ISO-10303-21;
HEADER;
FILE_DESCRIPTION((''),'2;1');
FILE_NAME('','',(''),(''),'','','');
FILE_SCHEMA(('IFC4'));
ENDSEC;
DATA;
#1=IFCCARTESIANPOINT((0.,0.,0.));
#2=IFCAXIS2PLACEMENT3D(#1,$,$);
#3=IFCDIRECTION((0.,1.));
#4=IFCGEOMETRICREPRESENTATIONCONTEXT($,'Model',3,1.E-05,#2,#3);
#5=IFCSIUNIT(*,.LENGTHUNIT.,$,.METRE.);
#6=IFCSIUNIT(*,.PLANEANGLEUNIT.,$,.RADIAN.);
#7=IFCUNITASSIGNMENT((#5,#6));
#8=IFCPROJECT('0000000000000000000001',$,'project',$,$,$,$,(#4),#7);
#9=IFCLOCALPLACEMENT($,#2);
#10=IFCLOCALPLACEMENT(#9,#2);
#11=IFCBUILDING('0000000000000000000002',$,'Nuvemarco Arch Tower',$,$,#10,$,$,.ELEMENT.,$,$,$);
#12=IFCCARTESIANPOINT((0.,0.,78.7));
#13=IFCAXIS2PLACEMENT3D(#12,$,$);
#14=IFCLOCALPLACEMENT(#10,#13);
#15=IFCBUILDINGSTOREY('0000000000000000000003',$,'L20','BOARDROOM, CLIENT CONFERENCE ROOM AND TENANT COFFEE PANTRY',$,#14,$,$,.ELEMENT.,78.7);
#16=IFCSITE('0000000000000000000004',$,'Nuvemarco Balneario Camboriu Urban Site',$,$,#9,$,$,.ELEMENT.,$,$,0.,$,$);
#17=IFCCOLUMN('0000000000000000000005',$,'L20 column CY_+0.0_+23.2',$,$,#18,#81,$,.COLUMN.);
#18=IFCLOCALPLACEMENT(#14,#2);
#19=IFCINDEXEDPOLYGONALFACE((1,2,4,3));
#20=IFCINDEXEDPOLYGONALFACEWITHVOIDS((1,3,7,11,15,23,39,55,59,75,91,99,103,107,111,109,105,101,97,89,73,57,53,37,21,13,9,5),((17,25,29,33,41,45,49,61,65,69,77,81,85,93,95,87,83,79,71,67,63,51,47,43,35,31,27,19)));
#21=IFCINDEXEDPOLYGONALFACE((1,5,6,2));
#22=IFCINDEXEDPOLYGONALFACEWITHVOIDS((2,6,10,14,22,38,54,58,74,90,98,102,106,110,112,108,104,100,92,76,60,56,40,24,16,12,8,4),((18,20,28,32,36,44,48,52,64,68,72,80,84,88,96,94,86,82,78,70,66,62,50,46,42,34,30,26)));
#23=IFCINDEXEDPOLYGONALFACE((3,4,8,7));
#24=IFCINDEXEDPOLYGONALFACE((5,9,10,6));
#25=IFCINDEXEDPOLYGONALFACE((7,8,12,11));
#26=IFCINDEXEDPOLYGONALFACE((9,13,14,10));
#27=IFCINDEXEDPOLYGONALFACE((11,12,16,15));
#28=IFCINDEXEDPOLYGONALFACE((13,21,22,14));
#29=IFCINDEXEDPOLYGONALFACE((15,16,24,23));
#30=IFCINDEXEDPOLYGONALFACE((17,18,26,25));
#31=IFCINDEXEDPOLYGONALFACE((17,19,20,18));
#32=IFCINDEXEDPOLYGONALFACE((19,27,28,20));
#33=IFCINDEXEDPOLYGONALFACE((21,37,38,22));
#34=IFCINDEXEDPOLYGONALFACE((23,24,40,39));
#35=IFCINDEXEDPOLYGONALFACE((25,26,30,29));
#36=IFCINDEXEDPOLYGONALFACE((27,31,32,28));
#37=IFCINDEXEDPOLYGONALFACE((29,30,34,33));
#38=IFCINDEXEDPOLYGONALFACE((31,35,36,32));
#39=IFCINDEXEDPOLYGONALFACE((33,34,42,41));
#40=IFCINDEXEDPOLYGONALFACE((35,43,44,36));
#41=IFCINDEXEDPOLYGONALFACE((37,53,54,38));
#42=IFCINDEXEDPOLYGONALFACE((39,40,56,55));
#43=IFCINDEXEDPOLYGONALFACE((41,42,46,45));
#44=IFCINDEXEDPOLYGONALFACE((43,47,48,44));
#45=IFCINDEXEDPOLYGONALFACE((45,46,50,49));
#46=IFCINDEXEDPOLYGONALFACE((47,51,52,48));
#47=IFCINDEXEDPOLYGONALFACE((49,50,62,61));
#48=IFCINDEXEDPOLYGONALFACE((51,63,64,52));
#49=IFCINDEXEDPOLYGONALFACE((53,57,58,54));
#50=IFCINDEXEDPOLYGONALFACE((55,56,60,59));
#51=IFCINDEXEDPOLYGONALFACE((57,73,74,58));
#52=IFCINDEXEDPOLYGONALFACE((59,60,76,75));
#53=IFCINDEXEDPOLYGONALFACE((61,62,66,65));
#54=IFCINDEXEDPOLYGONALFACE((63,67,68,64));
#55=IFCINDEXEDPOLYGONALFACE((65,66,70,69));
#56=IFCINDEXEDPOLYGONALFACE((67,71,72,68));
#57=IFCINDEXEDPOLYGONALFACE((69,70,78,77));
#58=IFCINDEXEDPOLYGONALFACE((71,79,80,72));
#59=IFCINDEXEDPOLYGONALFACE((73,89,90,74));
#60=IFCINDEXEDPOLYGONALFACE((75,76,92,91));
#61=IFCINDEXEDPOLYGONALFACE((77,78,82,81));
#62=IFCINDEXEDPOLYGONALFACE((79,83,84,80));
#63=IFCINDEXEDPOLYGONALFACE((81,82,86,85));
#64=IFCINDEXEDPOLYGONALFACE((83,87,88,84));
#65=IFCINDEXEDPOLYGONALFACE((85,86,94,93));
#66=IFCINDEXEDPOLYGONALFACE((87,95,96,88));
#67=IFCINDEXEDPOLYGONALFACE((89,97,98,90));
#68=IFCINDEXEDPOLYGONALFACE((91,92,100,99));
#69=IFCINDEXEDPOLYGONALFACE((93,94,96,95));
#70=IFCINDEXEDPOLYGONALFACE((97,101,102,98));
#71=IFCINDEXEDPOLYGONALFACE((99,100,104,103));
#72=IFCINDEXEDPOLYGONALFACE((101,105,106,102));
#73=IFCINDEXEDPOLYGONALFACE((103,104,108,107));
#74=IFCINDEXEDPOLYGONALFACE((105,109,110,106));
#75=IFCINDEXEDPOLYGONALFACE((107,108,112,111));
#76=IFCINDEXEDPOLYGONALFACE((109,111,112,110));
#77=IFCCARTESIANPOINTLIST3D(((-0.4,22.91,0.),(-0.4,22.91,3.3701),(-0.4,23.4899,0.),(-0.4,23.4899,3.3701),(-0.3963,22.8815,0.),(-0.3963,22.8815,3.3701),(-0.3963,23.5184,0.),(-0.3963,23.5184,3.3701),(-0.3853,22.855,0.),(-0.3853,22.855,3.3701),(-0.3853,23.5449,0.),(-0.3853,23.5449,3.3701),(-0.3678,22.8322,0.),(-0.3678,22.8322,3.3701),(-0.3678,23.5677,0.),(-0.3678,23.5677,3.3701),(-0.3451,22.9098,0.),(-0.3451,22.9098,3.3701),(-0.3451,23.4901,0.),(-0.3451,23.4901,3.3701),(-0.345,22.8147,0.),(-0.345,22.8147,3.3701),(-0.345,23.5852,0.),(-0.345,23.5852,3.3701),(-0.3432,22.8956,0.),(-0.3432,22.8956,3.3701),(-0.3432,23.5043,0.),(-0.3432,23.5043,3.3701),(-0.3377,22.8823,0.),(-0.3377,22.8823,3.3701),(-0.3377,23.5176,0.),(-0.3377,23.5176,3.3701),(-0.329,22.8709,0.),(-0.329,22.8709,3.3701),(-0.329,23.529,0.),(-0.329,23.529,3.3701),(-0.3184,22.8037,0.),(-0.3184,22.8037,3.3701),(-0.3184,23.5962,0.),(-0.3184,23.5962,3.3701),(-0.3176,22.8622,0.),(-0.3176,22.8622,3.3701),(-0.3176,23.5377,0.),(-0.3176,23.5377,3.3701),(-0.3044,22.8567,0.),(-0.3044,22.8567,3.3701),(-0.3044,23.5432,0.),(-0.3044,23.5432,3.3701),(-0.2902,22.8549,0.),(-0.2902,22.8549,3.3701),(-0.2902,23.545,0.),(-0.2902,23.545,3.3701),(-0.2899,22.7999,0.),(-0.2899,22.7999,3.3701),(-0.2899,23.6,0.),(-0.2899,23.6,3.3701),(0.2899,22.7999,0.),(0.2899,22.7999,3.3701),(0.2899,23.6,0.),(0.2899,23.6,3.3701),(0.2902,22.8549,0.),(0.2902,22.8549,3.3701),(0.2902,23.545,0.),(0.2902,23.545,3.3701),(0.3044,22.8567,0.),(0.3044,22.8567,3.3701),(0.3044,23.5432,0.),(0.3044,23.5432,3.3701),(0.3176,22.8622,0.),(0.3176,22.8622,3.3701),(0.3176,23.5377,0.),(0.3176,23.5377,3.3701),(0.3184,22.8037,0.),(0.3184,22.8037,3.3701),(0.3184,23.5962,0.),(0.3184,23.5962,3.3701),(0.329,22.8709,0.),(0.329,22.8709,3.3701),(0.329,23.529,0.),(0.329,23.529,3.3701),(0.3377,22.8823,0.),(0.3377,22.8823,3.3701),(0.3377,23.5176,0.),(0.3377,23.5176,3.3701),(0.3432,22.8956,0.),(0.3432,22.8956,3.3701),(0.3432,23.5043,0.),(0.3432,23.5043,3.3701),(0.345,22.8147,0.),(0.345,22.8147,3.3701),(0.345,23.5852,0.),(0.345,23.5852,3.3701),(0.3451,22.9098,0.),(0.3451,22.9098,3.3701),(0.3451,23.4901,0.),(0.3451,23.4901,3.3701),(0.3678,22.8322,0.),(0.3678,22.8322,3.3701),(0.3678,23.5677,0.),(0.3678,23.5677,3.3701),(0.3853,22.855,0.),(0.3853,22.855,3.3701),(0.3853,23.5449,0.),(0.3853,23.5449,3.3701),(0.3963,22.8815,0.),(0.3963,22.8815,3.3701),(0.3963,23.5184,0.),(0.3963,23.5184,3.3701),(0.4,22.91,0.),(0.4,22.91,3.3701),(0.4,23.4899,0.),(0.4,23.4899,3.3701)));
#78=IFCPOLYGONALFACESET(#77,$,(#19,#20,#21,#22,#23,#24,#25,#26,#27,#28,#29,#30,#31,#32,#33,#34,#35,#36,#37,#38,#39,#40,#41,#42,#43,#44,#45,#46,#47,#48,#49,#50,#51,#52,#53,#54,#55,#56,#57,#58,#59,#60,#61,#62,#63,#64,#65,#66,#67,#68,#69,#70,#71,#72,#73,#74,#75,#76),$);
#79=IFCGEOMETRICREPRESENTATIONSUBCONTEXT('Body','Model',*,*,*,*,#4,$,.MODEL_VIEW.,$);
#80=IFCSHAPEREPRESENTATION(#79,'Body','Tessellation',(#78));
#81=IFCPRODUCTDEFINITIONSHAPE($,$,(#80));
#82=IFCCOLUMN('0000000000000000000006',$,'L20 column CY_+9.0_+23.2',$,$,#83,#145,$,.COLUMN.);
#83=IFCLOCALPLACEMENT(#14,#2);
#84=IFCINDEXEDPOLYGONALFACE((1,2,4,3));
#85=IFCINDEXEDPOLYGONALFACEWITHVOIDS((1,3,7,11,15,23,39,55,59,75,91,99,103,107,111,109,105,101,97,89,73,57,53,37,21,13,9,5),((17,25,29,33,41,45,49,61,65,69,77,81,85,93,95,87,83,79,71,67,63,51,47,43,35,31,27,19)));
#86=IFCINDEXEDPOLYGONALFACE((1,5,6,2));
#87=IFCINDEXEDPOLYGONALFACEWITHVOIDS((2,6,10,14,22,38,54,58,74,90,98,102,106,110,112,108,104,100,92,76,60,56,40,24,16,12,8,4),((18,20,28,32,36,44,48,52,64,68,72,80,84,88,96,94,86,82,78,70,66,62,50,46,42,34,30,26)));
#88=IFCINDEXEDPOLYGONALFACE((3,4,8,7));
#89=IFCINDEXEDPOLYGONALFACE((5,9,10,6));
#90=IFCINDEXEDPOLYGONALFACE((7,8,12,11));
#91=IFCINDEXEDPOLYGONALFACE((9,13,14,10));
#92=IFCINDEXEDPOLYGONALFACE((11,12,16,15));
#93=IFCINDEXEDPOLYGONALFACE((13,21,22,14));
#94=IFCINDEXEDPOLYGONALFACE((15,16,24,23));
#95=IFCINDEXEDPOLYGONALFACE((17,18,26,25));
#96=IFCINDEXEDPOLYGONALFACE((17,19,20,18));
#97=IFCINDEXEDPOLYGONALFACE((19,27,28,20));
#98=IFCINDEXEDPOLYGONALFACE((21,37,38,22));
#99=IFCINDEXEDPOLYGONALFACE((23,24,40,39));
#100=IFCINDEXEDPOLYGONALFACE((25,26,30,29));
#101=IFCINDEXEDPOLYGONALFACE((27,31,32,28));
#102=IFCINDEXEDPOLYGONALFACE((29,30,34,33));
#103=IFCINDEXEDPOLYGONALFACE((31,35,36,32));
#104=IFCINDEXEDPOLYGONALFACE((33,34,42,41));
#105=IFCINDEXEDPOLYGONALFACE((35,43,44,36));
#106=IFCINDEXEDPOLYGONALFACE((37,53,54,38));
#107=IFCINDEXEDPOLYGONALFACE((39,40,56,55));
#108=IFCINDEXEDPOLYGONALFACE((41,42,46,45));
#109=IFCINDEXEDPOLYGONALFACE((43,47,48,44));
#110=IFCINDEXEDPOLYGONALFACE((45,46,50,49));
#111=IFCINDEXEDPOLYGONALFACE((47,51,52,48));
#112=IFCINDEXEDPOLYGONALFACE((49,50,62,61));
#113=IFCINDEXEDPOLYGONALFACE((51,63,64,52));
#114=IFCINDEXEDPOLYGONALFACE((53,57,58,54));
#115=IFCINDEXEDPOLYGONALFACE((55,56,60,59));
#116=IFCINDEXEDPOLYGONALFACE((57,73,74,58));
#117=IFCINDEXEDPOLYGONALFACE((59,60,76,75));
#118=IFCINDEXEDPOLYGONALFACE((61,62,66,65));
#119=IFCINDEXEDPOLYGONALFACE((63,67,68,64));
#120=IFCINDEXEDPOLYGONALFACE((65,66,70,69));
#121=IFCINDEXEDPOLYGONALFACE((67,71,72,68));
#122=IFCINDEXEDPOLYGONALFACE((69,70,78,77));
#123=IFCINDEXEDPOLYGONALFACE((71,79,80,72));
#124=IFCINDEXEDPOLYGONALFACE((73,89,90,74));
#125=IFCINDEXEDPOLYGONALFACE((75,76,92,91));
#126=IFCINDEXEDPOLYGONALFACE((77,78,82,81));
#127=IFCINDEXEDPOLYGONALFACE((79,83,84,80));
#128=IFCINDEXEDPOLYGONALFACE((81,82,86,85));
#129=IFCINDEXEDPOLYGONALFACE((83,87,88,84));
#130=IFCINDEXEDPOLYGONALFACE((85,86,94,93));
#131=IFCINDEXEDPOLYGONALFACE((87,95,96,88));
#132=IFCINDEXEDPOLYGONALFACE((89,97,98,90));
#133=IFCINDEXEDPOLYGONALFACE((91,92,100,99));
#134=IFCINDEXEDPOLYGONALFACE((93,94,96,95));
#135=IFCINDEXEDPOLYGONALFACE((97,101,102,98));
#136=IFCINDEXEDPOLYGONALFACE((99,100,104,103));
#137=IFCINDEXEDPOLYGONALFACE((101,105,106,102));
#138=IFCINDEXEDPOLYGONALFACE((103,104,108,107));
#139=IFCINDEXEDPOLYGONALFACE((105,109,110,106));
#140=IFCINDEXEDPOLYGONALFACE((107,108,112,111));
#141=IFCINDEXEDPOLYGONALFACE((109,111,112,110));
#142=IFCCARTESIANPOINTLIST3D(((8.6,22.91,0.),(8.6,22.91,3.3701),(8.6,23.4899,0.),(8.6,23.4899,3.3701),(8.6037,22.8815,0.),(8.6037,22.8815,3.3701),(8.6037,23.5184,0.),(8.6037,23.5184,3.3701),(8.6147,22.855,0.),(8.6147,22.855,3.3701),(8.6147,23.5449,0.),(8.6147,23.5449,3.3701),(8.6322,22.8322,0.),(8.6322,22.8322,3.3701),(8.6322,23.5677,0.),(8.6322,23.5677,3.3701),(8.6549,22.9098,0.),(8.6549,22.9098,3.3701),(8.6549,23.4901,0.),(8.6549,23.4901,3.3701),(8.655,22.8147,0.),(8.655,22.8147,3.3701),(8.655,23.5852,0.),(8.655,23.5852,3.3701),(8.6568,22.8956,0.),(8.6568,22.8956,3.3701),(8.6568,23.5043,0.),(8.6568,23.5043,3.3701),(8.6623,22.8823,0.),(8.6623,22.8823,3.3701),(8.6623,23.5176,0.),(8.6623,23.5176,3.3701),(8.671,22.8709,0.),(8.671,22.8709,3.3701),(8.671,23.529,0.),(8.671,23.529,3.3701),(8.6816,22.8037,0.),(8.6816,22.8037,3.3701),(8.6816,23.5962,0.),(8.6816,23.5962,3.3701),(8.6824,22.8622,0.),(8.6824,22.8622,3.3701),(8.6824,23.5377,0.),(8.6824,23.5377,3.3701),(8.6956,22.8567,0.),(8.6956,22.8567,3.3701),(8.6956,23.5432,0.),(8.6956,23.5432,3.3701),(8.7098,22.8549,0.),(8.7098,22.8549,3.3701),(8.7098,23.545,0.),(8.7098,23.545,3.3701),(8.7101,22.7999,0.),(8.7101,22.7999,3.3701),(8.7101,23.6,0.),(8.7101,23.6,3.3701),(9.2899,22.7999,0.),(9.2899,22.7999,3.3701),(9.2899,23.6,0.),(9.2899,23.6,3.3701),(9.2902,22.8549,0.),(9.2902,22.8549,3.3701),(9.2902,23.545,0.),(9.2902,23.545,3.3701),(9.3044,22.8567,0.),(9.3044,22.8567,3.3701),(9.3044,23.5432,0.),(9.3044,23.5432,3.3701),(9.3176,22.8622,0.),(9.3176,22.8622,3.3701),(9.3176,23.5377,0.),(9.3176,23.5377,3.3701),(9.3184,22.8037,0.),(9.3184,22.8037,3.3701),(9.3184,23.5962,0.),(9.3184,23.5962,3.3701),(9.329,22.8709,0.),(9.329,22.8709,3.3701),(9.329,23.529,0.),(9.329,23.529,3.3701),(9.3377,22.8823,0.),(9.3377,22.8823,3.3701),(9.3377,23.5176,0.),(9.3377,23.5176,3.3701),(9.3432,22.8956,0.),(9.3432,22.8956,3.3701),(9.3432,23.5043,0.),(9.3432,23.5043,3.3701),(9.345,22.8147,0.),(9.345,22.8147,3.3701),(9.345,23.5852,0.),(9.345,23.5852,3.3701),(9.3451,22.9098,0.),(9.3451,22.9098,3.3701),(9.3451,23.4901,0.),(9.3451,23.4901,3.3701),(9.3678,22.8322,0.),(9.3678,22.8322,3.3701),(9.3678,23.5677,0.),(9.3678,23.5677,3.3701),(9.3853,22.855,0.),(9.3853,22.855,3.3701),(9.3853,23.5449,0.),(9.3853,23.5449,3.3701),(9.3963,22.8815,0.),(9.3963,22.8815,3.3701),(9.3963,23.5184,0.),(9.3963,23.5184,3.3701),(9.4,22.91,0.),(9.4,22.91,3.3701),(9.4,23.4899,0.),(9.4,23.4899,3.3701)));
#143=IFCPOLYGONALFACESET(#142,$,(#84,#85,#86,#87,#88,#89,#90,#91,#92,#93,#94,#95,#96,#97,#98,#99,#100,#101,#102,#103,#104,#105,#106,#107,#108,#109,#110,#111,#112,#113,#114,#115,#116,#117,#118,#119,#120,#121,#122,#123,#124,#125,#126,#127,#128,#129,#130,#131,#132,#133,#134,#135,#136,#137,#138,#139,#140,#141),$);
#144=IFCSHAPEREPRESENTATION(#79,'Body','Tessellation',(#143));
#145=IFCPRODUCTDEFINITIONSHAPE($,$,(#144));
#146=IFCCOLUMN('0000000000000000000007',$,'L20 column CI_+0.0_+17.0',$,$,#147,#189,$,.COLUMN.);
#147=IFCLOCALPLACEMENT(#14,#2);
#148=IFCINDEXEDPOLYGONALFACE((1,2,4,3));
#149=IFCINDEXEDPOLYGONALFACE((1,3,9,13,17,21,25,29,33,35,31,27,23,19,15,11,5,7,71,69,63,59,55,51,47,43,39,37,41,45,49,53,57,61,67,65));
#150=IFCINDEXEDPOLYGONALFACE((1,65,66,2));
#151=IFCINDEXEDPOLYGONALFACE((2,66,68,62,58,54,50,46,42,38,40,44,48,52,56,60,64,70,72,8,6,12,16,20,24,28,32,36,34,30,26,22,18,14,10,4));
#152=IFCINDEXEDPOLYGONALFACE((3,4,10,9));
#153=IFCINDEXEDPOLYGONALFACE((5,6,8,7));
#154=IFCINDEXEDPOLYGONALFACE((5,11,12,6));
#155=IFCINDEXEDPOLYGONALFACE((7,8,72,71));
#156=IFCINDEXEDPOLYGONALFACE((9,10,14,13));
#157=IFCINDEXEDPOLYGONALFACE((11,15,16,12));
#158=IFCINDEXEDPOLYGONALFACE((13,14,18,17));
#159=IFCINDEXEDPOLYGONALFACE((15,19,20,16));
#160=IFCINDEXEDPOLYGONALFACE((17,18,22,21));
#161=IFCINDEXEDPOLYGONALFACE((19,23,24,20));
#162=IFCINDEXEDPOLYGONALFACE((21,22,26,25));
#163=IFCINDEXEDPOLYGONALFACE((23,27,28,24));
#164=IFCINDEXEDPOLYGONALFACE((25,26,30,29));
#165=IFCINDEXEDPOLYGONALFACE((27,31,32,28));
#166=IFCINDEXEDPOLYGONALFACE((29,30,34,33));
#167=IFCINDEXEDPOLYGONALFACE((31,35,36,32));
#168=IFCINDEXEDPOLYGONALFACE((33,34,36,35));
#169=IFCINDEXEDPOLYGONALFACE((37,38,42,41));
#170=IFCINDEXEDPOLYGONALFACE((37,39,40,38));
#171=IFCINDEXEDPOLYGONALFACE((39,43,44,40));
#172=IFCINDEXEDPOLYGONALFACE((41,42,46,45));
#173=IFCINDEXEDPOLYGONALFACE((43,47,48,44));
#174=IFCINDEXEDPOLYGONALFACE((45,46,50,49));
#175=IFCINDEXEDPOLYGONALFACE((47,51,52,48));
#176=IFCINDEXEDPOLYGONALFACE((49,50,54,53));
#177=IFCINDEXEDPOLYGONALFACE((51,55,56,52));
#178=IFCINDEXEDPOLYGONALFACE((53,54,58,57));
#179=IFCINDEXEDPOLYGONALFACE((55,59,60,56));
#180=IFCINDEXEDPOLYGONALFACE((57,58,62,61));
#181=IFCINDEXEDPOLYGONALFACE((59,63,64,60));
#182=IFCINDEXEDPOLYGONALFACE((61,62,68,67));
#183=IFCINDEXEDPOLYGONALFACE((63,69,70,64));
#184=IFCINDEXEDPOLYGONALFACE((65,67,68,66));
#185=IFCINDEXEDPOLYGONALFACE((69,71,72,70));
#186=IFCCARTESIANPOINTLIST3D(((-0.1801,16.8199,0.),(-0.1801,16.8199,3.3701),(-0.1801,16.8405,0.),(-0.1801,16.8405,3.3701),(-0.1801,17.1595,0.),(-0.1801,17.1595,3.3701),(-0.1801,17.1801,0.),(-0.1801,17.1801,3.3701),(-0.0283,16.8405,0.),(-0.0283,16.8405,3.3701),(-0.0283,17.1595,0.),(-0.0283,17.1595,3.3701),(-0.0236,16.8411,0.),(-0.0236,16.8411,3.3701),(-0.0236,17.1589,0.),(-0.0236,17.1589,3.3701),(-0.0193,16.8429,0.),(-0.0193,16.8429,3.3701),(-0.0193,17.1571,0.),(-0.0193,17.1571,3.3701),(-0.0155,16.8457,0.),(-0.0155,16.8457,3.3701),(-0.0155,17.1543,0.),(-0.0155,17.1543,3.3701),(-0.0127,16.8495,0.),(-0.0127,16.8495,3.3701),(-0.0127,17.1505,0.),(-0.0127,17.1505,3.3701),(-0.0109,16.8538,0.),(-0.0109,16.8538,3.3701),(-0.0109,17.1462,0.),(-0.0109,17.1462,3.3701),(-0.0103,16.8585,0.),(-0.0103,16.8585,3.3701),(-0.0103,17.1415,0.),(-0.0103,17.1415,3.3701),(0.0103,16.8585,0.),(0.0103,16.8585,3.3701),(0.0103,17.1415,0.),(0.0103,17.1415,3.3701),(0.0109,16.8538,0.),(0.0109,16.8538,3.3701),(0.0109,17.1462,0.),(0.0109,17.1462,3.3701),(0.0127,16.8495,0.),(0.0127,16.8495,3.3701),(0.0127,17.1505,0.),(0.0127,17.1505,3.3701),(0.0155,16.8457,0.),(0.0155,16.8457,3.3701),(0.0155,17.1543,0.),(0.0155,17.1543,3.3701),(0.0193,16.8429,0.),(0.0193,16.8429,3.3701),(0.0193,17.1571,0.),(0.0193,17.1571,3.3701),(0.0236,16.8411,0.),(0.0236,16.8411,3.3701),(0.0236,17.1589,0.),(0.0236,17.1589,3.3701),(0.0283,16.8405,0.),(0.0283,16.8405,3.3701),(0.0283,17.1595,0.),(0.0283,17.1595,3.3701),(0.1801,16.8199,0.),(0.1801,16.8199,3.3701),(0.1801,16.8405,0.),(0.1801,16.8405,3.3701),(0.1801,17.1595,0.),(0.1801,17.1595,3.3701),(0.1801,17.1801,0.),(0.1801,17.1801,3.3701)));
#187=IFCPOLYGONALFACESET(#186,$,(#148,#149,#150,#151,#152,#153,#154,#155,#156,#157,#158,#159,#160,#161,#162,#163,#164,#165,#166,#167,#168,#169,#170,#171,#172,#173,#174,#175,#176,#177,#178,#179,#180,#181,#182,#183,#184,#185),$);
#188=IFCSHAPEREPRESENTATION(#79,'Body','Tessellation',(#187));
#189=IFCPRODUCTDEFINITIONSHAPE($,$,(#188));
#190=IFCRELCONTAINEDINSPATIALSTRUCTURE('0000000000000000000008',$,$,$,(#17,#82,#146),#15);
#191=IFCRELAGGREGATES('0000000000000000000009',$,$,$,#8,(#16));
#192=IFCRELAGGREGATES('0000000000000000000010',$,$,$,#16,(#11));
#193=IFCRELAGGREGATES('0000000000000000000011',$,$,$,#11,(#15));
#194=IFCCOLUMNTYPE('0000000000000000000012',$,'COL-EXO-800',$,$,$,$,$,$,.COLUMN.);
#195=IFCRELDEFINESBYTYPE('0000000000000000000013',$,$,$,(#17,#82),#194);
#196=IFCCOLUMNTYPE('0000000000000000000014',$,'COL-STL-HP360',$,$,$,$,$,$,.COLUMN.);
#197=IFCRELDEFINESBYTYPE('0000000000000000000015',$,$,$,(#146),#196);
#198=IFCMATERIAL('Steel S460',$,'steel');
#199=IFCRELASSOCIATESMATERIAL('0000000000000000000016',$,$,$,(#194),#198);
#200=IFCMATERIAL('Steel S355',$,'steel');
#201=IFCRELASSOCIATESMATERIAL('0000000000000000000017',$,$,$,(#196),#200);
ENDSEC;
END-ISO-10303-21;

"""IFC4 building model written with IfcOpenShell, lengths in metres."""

from ifc_helpers import new_model, si_unit, direction, frame, origin, origin_2d, place, context, subcontext, project, spatial, hollow_rectangle, i_section, extrude, material, material_profile, profile_set, type_object, element, save


model = new_model("IFC4")

# Units and contexts
model_context = context("Model", 3, precision=1e-05, world=origin(), true_north=direction((0.0, 1.0)))
body_context = subcontext(model_context, "Body", "Model", "MODEL_VIEW")
ifc_project = project(units=[si_unit("LENGTHUNIT", "METRE"), si_unit("PLANEANGLEUNIT", "RADIAN")], contexts=[model_context])

# Site, building, storey
site_placement = place(None, origin())
site = spatial("IfcSite", under=ifc_project, at=site_placement, Name="Nuvemarco Balneario Camboriu Urban Site", CompositionType="ELEMENT", RefElevation=0.0)
building_placement = place(site_placement, origin())
building = spatial("IfcBuilding", under=site, at=building_placement, Name="Nuvemarco Arch Tower", CompositionType="ELEMENT")
storey_placement = place(building_placement, frame((0.0, 0.0, 78.7)))
storey = spatial("IfcBuildingStorey", under=building, at=storey_placement, Name="L20", Description="BOARDROOM, CLIENT CONFERENCE ROOM AND TENANT COFFEE PANTRY", CompositionType="ELEMENT", Elevation=78.7)

# Columns
ifc_material_1 = material(Name="Steel S460", Category="steel")
ifc_material_profile_1 = material_profile(ifc_material_1, hollow_rectangle(XDim=0.8, YDim=0.8, WallThickness=0.0549, InnerFilletRadius=0.0549, OuterFilletRadius=0.1101, at=origin_2d()), Name="SHS800x800x55")
ifc_profile_set_1 = profile_set([ifc_material_profile_1], Name="Steel S460")
column_type_1 = type_object("IfcColumnType", Name="COL-EXO-800", PredefinedType="COLUMN", material=ifc_profile_set_1)
for number, where, z_axis, x_axis, name in (
    (1, (0.0, 23.2, 0.0), (0.0, 0.0, 1.0), (1.0, 0.0, 0.0), "L20 column CY_+0.0_+23.2"),
    (2, (9.0, 23.2, 0.0), (0.0, 0.0, 1.0), (1.0, 0.0, 0.0), "L20 column CY_+9.0_+23.2"),
):
    element("IfcColumn", number, at=place(storey_placement, frame(where, z_axis=z_axis, x_axis=x_axis)), inside=storey, type_object=column_type_1, Name=name, PredefinedType="COLUMN", context=body_context, shape_type="SweptSolid", body=[
        extrude(hollow_rectangle(XDim=0.8, YDim=0.8, WallThickness=0.0549, InnerFilletRadius=0.0549, OuterFilletRadius=0.1101, at=origin_2d()), origin(), (0.0, 0.0, 1.0), 3.3701),
    ])
ifc_material_2 = material(Name="Steel S355", Category="steel")
ifc_material_profile_2 = material_profile(ifc_material_2, i_section(OverallWidth=0.3601, OverallDepth=0.3601, WebThickness=0.0205, FlangeThickness=0.0205, FilletRadius=0.0181, at=origin_2d()), Name="HP360x174")
ifc_profile_set_2 = profile_set([ifc_material_profile_2], Name="Steel S355")
column_type_2 = type_object("IfcColumnType", Name="COL-STL-HP360", PredefinedType="COLUMN", material=ifc_profile_set_2)
for number, where, z_axis, x_axis, name in (
    (3, (0.0, 17.0, 0.0), (0.0, 0.0, 1.0), (1.0, 0.0, 0.0), "L20 column CI_+0.0_+17.0"),
):
    element("IfcColumn", number, at=place(storey_placement, frame(where, z_axis=z_axis, x_axis=x_axis)), inside=storey, type_object=column_type_2, Name=name, PredefinedType="COLUMN", context=body_context, shape_type="SweptSolid", body=[
        extrude(i_section(OverallWidth=0.3601, OverallDepth=0.3601, WebThickness=0.0205, FlangeThickness=0.0205, FilletRadius=0.0181, at=origin_2d()), origin(), (0.0, 0.0, 1.0), 3.3701),
    ])

save(model, "model.ifc")
